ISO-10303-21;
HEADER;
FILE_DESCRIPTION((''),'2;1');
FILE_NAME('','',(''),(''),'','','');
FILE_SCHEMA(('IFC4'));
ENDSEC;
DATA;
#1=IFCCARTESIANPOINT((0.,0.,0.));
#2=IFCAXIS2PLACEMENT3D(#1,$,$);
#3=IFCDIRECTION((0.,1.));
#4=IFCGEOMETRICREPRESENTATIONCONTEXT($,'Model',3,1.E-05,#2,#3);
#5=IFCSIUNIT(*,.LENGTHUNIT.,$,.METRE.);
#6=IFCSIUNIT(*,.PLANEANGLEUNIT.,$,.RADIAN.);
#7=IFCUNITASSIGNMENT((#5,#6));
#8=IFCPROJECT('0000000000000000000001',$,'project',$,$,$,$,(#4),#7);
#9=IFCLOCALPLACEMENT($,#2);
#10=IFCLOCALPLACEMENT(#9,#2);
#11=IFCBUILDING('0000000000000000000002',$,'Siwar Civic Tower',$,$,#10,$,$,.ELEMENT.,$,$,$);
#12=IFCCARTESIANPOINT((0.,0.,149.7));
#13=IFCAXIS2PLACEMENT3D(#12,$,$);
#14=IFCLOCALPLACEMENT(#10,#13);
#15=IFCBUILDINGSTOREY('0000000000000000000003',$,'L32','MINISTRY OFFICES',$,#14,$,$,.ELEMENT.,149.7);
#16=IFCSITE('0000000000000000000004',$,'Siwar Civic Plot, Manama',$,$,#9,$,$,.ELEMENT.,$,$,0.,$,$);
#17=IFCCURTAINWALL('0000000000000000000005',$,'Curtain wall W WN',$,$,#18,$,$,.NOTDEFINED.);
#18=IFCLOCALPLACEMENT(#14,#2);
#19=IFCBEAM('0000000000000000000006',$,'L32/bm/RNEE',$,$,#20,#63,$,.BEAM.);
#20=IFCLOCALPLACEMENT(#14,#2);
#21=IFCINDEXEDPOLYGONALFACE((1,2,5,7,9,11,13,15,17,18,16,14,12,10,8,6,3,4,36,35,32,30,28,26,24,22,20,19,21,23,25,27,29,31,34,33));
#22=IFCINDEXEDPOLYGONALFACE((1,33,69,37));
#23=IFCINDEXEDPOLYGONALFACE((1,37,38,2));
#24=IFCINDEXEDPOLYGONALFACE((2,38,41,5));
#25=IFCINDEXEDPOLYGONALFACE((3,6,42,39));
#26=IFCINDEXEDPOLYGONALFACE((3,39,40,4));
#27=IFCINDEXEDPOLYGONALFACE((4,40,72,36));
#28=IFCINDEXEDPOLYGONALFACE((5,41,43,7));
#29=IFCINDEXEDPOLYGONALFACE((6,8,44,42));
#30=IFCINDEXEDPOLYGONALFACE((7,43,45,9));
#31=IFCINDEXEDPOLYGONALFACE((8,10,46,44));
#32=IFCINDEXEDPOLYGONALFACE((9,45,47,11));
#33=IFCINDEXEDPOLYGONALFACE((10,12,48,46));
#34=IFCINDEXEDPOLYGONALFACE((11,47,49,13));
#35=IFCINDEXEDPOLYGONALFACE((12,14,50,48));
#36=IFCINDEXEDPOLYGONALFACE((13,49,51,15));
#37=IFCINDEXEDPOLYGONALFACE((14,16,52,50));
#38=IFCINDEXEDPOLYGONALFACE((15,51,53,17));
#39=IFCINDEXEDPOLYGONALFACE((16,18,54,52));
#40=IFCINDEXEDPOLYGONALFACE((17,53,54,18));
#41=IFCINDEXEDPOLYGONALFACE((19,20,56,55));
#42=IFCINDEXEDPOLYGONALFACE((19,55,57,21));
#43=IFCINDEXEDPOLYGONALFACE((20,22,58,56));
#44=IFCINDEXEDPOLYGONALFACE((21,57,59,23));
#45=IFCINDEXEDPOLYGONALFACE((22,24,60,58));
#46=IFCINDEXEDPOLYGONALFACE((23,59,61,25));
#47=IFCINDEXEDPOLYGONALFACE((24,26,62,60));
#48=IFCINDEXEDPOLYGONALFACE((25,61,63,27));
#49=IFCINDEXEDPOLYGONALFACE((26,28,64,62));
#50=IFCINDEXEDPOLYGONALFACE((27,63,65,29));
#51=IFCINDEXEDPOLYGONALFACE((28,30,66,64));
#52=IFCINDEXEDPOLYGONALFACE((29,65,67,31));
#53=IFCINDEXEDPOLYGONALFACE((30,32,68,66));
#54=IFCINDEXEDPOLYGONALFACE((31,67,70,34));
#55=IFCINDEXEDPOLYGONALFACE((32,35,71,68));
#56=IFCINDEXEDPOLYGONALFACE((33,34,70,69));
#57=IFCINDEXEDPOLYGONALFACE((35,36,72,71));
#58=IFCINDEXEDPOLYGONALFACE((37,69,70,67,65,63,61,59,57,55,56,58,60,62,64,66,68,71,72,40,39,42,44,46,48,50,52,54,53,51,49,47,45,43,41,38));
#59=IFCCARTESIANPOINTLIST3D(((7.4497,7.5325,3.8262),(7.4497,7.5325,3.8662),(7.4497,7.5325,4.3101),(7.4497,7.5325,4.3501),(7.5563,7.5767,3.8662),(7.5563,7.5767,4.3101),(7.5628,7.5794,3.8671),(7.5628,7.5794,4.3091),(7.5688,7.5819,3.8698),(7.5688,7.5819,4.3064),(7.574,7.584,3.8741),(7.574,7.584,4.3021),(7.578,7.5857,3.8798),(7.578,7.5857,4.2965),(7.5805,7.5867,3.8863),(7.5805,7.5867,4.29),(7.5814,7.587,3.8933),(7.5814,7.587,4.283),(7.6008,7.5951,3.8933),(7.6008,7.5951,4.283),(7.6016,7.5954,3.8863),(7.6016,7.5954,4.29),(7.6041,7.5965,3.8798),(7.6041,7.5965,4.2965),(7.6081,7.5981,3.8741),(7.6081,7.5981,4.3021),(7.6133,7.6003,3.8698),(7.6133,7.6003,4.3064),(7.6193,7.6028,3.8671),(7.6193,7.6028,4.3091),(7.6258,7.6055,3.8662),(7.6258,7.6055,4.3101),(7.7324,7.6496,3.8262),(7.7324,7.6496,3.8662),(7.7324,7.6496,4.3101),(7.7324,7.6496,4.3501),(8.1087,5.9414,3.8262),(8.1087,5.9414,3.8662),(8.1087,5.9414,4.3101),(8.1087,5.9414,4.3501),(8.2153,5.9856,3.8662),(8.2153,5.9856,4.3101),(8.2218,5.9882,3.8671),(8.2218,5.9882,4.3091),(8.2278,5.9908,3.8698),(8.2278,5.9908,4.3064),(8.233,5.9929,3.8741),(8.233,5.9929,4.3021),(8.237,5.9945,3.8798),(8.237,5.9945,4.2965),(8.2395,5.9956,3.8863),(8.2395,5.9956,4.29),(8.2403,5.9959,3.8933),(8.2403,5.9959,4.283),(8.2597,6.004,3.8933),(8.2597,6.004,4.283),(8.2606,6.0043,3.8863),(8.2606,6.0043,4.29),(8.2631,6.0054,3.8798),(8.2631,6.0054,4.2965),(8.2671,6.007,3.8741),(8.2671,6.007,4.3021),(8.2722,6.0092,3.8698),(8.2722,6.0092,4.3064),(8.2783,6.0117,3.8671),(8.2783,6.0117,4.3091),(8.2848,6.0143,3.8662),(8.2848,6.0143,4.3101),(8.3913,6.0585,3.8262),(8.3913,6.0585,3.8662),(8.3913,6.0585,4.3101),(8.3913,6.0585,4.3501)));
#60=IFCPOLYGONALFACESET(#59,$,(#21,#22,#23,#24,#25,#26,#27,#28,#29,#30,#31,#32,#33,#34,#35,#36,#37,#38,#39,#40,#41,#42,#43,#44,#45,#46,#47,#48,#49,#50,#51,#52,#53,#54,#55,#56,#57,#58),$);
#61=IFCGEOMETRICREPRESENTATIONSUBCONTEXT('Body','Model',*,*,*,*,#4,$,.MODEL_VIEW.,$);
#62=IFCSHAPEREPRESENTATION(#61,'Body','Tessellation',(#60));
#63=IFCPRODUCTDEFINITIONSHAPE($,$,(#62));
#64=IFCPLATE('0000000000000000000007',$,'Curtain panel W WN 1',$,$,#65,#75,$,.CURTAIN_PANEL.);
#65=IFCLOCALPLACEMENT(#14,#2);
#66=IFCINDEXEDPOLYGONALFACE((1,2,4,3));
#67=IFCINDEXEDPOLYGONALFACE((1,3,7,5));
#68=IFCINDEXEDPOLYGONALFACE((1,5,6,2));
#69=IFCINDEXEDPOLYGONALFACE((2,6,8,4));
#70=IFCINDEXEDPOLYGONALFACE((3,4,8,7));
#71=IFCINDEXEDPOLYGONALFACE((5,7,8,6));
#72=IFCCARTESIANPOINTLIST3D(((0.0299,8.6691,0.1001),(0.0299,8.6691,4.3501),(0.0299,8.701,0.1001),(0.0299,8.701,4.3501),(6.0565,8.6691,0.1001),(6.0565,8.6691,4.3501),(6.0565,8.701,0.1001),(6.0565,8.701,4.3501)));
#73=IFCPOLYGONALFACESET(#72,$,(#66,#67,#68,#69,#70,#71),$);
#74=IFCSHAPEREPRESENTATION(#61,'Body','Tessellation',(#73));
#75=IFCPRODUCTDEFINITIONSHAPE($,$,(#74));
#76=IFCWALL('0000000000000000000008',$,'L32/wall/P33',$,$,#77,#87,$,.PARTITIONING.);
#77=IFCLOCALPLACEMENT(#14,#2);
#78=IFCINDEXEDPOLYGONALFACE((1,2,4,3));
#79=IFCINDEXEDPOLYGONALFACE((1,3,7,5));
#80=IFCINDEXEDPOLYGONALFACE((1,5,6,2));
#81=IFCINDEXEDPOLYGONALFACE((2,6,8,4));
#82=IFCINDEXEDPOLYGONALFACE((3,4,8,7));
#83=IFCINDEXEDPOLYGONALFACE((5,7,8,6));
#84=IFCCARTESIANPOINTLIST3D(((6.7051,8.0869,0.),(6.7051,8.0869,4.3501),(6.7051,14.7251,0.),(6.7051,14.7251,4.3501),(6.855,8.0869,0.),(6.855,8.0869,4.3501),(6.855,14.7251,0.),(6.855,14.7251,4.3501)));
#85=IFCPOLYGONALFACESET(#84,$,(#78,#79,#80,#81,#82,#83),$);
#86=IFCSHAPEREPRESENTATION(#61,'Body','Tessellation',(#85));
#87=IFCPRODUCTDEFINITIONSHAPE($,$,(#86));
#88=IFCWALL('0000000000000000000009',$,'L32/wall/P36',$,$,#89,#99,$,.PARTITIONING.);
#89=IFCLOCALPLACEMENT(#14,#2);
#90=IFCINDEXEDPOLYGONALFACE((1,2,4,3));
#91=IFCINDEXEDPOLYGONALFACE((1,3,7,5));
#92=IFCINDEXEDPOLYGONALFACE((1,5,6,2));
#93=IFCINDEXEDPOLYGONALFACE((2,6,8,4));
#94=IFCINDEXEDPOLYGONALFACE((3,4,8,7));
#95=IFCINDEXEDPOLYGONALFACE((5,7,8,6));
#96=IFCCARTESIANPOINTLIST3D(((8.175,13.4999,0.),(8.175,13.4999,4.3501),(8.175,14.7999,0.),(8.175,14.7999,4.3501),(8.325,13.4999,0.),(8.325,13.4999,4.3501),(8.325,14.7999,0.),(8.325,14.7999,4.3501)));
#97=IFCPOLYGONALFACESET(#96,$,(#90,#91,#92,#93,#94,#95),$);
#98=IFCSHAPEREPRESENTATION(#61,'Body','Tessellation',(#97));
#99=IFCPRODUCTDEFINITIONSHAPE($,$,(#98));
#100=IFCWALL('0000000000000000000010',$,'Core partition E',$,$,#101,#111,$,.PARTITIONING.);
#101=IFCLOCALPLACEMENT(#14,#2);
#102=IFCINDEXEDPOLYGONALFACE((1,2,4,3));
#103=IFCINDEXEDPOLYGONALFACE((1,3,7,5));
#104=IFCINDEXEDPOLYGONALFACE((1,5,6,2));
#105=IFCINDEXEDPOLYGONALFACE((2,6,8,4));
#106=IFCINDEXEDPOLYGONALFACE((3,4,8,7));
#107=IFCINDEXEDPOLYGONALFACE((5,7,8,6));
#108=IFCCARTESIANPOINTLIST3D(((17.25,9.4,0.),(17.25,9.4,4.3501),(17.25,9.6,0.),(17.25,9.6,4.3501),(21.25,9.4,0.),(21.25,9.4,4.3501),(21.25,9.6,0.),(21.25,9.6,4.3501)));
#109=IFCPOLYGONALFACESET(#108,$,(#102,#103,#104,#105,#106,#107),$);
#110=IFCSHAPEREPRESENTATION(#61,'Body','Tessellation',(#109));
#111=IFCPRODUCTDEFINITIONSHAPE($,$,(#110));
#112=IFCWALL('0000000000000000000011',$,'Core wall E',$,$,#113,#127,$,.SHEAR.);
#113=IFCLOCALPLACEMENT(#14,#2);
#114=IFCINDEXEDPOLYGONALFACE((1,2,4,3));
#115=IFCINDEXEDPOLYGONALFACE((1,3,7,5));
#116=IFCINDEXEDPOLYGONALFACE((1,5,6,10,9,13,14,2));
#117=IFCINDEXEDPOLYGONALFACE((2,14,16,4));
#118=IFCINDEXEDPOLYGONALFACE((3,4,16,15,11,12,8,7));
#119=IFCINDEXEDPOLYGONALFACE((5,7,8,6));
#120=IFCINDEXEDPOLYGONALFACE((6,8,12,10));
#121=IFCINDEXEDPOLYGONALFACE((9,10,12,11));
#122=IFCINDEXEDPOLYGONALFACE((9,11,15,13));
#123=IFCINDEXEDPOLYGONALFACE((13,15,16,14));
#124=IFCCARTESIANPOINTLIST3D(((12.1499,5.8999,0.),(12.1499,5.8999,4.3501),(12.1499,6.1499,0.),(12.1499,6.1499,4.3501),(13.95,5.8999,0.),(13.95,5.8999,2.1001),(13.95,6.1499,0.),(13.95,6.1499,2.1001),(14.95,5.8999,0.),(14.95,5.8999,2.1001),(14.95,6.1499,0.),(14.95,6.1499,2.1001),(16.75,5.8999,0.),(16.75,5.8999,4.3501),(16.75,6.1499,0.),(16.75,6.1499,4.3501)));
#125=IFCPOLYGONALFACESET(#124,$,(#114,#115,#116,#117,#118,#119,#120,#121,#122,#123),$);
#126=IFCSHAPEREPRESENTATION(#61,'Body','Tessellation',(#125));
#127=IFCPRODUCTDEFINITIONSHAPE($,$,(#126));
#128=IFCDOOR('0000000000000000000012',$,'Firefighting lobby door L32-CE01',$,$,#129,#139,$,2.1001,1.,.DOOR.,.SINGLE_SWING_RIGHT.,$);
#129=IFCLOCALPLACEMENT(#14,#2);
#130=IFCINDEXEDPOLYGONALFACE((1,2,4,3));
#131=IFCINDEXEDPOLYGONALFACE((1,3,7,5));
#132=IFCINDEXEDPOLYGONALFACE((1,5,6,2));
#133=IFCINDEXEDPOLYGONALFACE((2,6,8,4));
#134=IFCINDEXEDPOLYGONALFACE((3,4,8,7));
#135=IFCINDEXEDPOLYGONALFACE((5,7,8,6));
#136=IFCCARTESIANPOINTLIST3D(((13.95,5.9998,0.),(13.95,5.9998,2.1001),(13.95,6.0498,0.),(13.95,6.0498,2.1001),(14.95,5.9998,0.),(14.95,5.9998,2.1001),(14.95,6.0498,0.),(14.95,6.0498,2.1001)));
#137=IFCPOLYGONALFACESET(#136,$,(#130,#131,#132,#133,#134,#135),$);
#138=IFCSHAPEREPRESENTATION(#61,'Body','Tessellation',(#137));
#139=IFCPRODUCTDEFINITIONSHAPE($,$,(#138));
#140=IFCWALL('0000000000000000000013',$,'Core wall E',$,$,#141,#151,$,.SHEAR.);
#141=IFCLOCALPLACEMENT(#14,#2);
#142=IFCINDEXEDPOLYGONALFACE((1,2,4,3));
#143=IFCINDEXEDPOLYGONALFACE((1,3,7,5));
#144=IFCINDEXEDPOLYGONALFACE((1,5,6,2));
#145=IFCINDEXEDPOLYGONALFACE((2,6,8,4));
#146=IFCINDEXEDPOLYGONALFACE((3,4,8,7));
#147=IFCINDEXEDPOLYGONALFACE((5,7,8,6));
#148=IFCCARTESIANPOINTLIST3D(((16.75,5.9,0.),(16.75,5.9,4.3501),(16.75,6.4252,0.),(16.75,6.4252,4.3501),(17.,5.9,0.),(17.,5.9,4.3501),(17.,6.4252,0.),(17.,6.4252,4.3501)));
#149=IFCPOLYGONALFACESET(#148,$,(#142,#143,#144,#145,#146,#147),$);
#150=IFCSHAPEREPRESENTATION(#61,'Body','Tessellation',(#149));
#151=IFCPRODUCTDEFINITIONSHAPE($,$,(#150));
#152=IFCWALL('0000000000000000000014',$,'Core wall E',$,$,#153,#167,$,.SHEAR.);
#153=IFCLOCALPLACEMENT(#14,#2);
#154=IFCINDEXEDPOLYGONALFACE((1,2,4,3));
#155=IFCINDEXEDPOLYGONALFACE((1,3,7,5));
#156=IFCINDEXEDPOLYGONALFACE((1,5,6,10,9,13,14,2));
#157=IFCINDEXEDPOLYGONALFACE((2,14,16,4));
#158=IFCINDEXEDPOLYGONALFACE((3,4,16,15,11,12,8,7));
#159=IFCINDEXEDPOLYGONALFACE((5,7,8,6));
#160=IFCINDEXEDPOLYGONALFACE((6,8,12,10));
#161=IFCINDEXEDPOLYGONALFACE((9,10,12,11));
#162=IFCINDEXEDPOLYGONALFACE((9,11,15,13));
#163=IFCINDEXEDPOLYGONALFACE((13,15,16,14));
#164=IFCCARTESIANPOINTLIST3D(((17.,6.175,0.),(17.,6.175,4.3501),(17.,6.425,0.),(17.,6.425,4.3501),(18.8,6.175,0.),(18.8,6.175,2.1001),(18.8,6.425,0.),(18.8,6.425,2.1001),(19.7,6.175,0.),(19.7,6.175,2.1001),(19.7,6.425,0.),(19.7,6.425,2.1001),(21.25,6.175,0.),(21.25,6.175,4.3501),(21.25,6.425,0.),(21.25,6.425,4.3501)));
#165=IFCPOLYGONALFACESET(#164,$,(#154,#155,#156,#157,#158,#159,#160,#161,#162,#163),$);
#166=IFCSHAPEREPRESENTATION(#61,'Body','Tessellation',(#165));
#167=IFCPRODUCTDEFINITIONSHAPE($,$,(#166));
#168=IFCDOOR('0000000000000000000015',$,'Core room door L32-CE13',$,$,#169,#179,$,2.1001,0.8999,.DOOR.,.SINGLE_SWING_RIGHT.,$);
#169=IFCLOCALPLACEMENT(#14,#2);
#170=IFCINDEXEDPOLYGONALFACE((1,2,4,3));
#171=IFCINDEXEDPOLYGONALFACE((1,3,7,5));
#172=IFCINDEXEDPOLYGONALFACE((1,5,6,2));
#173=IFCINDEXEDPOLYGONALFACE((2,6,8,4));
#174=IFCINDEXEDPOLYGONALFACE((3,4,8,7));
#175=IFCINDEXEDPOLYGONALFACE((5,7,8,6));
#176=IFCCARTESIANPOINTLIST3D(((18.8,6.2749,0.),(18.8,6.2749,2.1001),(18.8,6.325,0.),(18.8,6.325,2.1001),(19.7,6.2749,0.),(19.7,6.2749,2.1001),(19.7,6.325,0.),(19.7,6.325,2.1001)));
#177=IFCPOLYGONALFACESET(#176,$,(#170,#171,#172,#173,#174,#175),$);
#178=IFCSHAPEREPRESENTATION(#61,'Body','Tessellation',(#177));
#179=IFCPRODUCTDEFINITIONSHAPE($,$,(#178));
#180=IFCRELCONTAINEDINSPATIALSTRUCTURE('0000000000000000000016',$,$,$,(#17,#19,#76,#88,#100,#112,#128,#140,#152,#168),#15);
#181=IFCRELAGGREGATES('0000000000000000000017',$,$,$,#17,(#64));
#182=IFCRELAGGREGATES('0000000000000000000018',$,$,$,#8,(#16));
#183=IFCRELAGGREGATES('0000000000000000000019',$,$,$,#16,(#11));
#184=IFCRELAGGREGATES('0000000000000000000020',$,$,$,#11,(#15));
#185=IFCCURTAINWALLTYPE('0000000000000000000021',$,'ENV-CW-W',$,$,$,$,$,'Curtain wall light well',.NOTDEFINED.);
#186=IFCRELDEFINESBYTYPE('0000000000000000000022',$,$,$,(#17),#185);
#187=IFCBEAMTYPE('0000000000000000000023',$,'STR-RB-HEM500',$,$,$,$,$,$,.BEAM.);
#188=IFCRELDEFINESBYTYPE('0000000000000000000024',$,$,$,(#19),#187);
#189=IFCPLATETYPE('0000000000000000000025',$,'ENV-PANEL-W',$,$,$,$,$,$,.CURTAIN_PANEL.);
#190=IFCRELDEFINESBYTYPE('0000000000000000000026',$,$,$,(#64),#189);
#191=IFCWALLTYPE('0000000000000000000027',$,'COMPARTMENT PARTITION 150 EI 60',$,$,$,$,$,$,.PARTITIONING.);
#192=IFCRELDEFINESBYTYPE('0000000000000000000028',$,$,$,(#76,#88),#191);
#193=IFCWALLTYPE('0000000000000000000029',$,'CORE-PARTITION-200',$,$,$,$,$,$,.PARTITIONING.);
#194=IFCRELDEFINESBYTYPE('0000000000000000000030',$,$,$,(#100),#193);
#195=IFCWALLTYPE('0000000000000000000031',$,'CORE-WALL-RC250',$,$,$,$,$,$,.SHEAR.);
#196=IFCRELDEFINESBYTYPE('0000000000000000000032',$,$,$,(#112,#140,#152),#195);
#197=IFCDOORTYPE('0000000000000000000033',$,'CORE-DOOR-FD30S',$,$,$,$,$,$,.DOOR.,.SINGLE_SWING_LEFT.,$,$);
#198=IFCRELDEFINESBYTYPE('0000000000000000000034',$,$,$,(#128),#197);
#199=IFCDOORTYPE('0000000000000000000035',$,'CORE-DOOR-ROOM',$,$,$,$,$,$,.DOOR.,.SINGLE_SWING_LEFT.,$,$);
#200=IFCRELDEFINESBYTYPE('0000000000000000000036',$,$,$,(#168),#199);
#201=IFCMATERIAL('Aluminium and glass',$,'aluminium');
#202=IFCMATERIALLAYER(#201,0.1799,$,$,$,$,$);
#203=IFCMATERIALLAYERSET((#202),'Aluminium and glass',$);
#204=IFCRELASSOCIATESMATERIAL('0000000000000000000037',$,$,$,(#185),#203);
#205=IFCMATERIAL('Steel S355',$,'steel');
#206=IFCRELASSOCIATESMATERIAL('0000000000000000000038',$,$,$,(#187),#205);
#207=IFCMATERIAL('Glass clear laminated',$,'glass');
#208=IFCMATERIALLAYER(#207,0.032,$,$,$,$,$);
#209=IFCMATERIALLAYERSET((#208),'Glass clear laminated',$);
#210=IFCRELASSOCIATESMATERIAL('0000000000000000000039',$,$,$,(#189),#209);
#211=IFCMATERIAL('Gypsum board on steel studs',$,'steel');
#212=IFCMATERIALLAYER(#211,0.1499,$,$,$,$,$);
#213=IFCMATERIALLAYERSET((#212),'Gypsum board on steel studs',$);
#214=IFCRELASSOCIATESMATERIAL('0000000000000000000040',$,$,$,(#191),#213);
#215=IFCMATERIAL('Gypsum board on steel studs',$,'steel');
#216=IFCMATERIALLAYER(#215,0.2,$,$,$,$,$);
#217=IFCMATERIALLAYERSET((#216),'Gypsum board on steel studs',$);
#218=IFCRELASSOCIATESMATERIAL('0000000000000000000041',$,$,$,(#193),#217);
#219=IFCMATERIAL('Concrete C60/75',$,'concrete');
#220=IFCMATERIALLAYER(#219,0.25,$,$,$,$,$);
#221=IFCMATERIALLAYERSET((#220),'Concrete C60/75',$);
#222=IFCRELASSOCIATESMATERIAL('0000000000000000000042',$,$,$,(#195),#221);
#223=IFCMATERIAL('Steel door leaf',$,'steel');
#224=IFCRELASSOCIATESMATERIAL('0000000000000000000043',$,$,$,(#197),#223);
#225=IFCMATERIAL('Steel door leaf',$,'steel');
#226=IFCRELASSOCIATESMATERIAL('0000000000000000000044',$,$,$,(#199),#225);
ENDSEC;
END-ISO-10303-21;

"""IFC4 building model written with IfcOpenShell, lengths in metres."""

from ifc_helpers import new_model, si_unit, direction, frame, frame_2d, origin, origin_2d, place, context, subcontext, project, spatial, rectangle, i_section, extrude, material, layer, layer_set, material_profile, profile_set, type_object, element, fill, aggregate, save


model = new_model("IFC4")

# Units and contexts
model_context = context("Model", 3, precision=1e-05, world=origin(), true_north=direction((0.0, 1.0)))
body_context = subcontext(model_context, "Body", "Model", "MODEL_VIEW")
ifc_project = project(units=[si_unit("LENGTHUNIT", "METRE"), si_unit("PLANEANGLEUNIT", "RADIAN")], contexts=[model_context])

# Site, building, storey
site_placement = place(None, origin())
site = spatial("IfcSite", under=ifc_project, at=site_placement, Name="Siwar Civic Plot, Manama", CompositionType="ELEMENT", RefElevation=0.0)
building_placement = place(site_placement, origin())
building = spatial("IfcBuilding", under=site, at=building_placement, Name="Siwar Civic Tower", CompositionType="ELEMENT")
storey_placement = place(building_placement, frame((0.0, 0.0, 149.7)))
storey = spatial("IfcBuildingStorey", under=building, at=storey_placement, Name="L32", Description="MINISTRY OFFICES", CompositionType="ELEMENT", Elevation=149.7)

# Curtain wall
ifc_material_1 = material(Name="Aluminium and glass", Category="aluminium")
ifc_layer_1 = layer(ifc_material_1, 0.1799)
ifc_layer_set_1 = layer_set([ifc_layer_1], Name="Aluminium and glass")
curtain_wall_type = type_object("IfcCurtainWallType", Name="ENV-CW-W", ElementType="Curtain wall light well", PredefinedType="NOTDEFINED", material=ifc_layer_set_1)
curtain_wall_placement = place(storey_placement, origin())
curtain_wall = element("IfcCurtainWall", 1, at=curtain_wall_placement, inside=storey, type_object=curtain_wall_type, Name="Curtain wall W WN", PredefinedType="NOTDEFINED")

# Beam
ifc_material_2 = material(Name="Steel S355", Category="steel")
ifc_material_profile_1 = material_profile(ifc_material_2, i_section(OverallWidth=0.3059, OverallDepth=0.5239, WebThickness=0.021, FlangeThickness=0.04, FilletRadius=0.0271, at=origin_2d()), Name="HEM500")
ifc_profile_set_1 = profile_set([ifc_material_profile_1], Name="Steel S355")
beam_type_1 = type_object("IfcBeamType", Name="STR-RB-HEM500", PredefinedType="BEAM", material=ifc_profile_set_1)
for number, where, z_axis, x_axis, name in (
    (2, (7.5911, 7.5911, 4.0881), (0.382631, -0.923901, 0.0), (0.923901, 0.382631, 0.0), "L32/bm/RNEE"),
):
    element("IfcBeam", number, at=place(storey_placement, frame(where, z_axis=z_axis, x_axis=x_axis)), inside=storey, type_object=beam_type_1, Name=name, PredefinedType="BEAM", context=body_context, shape_type="SweptSolid", body=[
        extrude(i_section(OverallWidth=0.3059, OverallDepth=0.5239, WebThickness=0.021, FlangeThickness=0.04, FilletRadius=0.0271, at=origin_2d()), origin(), (0.0, 0.0, 1.0), 1.7222),
    ])

# Plate
ifc_material_3 = material(Name="Glass clear laminated", Category="glass")
ifc_layer_2 = layer(ifc_material_3, 0.032)
ifc_layer_set_2 = layer_set([ifc_layer_2], Name="Glass clear laminated")
plate_type = type_object("IfcPlateType", Name="ENV-PANEL-W", PredefinedType="CURTAIN_PANEL", material=ifc_layer_set_2)
plate_placement = place(storey_placement, frame((3.0432, 8.6851, 0.1001), z_axis=(0.0, 0.0, 1.0), x_axis=(-1.0, 0.0, 0.0)))
plate = element("IfcPlate", 3, at=plate_placement, type_object=plate_type, Name="Curtain panel W WN 1", PredefinedType="CURTAIN_PANEL", context=body_context, shape_type="SweptSolid", body=[
    extrude(rectangle(XDim=6.0266, YDim=0.032, at=origin_2d()), origin(), (0.0, 0.0, 1.0), 4.25),
])
aggregate(curtain_wall, [plate])

# Walls
ifc_material_4 = material(Name="Gypsum board on steel studs", Category="steel")
ifc_layer_3 = layer(ifc_material_4, 0.1499)
ifc_layer_set_3 = layer_set([ifc_layer_3], Name="Gypsum board on steel studs")
wall_type_1 = type_object("IfcWallType", Name="COMPARTMENT PARTITION 150 EI 60", PredefinedType="PARTITIONING", material=ifc_layer_set_3)
wall_1_placement = place(storey_placement, frame((6.78, 8.0869, 0.0), z_axis=(0.0, 0.0, 1.0), x_axis=(0.0, 1.0, 0.0)))
element("IfcWall", 4, at=wall_1_placement, inside=storey, type_object=wall_type_1, Name="L32/wall/P33", PredefinedType="PARTITIONING", context=body_context, shape_type="SweptSolid", body=[
    extrude(rectangle(XDim=6.6382, YDim=0.1499, at=frame_2d((3.3191, 0.0))), origin(), (0.0, 0.0, 1.0), 4.3501),
])
wall_2_placement = place(storey_placement, frame((8.25, 13.5, 0.0), z_axis=(0.0, 0.0, 1.0), x_axis=(0.0, 1.0, 0.0)))
element("IfcWall", 5, at=wall_2_placement, inside=storey, type_object=wall_type_1, Name="L32/wall/P36", PredefinedType="PARTITIONING", context=body_context, shape_type="SweptSolid", body=[
    extrude(rectangle(XDim=1.3, YDim=0.1499, at=frame_2d((0.6499, 0.0))), origin(), (0.0, 0.0, 1.0), 4.3501),
])
ifc_material_5 = material(Name="Gypsum board on steel studs", Category="steel")
ifc_layer_4 = layer(ifc_material_5, 0.2)
ifc_layer_set_4 = layer_set([ifc_layer_4], Name="Gypsum board on steel studs")
wall_type_2 = type_object("IfcWallType", Name="CORE-PARTITION-200", PredefinedType="PARTITIONING", material=ifc_layer_set_4)
wall_3_placement = place(storey_placement, frame((17.25, 9.5, 0.0), z_axis=(0.0, 0.0, 1.0), x_axis=(1.0, 0.0, 0.0)))
element("IfcWall", 6, at=wall_3_placement, inside=storey, type_object=wall_type_2, Name="Core partition E", PredefinedType="PARTITIONING", context=body_context, shape_type="SweptSolid", body=[
    extrude(rectangle(XDim=4.0, YDim=0.2, at=frame_2d((2.0, 0.0))), origin(), (0.0, 0.0, 1.0), 4.3501),
])

# Wall, opening, door
ifc_material_6 = material(Name="Concrete C60/75", Category="concrete")
ifc_layer_5 = layer(ifc_material_6, 0.25)
ifc_layer_set_5 = layer_set([ifc_layer_5], Name="Concrete C60/75")
wall_type_3 = type_object("IfcWallType", Name="CORE-WALL-RC250", PredefinedType="SHEAR", material=ifc_layer_set_5)
wall_4_placement = place(storey_placement, frame((12.1499, 6.0249, 0.0), z_axis=(0.0, 0.0, 1.0), x_axis=(1.0, 0.0, 0.0)))
wall_4 = element("IfcWall", 7, at=wall_4_placement, inside=storey, type_object=wall_type_3, Name="Core wall E", PredefinedType="SHEAR", context=body_context, shape_type="SweptSolid", body=[
    extrude(rectangle(XDim=4.6001, YDim=0.25, at=frame_2d((2.3, 0.0))), origin(), (0.0, 0.0, 1.0), 4.3501),
])
opening_1_placement = place(wall_4_placement, frame((1.8, 0.0, 0.0)))
opening_1 = element("IfcOpeningElement", 8, at=opening_1_placement, cuts=wall_4, PredefinedType="OPENING", context=body_context, shape_type="SweptSolid", body=[
    extrude(rectangle(XDim=1.0, YDim=2.1001, at=frame_2d((0.5, 1.05))), frame((0.0, 0.135, 0.0), z_axis=(0.0, -1.0, 0.0), x_axis=(1.0, 0.0, 0.0)), (0.0, 0.0, 1.0), 0.27),
])
ifc_material_7 = material(Name="Steel door leaf", Category="steel")
door_type_1 = type_object("IfcDoorType", Name="CORE-DOOR-FD30S", OperationType="SINGLE_SWING_LEFT", PredefinedType="DOOR", material=ifc_material_7)
door_1_placement = place(opening_1_placement, origin())
door_1 = element("IfcDoor", 9, at=door_1_placement, inside=storey, type_object=door_type_1, Name="Firefighting lobby door L32-CE01", OperationType="SINGLE_SWING_RIGHT", OverallHeight=2.1001, OverallWidth=1.0, PredefinedType="DOOR", context=body_context, shape_type="SweptSolid", body=[
    extrude(rectangle(XDim=1.0, YDim=2.1001, at=frame_2d((0.5, 1.05))), frame((0.0, 0.0249, 0.0), z_axis=(0.0, -1.0, 0.0), x_axis=(1.0, 0.0, 0.0)), (0.0, 0.0, 1.0), 0.05),
])
fill(opening_1, door_1)

# Wall
wall_5_placement = place(storey_placement, frame((16.875, 5.8999, 0.0), z_axis=(0.0, 0.0, 1.0), x_axis=(0.0, 1.0, 0.0)))
element("IfcWall", 10, at=wall_5_placement, inside=storey, type_object=wall_type_3, Name="Core wall E", PredefinedType="SHEAR", context=body_context, shape_type="SweptSolid", body=[
    extrude(rectangle(XDim=0.5251, YDim=0.25, at=frame_2d((0.2627, 0.0))), origin(), (0.0, 0.0, 1.0), 4.3501),
])

# Wall, opening, door
wall_6_placement = place(storey_placement, frame((17.0, 6.3, 0.0), z_axis=(0.0, 0.0, 1.0), x_axis=(1.0, 0.0, 0.0)))
wall_6 = element("IfcWall", 11, at=wall_6_placement, inside=storey, type_object=wall_type_3, Name="Core wall E", PredefinedType="SHEAR", context=body_context, shape_type="SweptSolid", body=[
    extrude(rectangle(XDim=4.25, YDim=0.25, at=frame_2d((2.125, 0.0))), origin(), (0.0, 0.0, 1.0), 4.3501),
])
opening_2_placement = place(wall_6_placement, frame((1.8, 0.0, 0.0)))
opening_2 = element("IfcOpeningElement", 12, at=opening_2_placement, cuts=wall_6, PredefinedType="OPENING", context=body_context, shape_type="SweptSolid", body=[
    extrude(rectangle(XDim=0.8999, YDim=2.1001, at=frame_2d((0.45, 1.05))), frame((0.0, 0.135, 0.0), z_axis=(0.0, -1.0, 0.0), x_axis=(1.0, 0.0, 0.0)), (0.0, 0.0, 1.0), 0.27),
])
ifc_material_8 = material(Name="Steel door leaf", Category="steel")
door_type_2 = type_object("IfcDoorType", Name="CORE-DOOR-ROOM", OperationType="SINGLE_SWING_LEFT", PredefinedType="DOOR", material=ifc_material_8)
door_2_placement = place(opening_2_placement, origin())
door_2 = element("IfcDoor", 13, at=door_2_placement, inside=storey, type_object=door_type_2, Name="Core room door L32-CE13", OperationType="SINGLE_SWING_RIGHT", OverallHeight=2.1001, OverallWidth=0.8999, PredefinedType="DOOR", context=body_context, shape_type="SweptSolid", body=[
    extrude(rectangle(XDim=0.8999, YDim=2.1001, at=frame_2d((0.45, 1.05))), frame((0.0, 0.0249, 0.0), z_axis=(0.0, -1.0, 0.0), x_axis=(1.0, 0.0, 0.0)), (0.0, 0.0, 1.0), 0.05),
])
fill(opening_2, door_2)

save(model, "model.ifc")
